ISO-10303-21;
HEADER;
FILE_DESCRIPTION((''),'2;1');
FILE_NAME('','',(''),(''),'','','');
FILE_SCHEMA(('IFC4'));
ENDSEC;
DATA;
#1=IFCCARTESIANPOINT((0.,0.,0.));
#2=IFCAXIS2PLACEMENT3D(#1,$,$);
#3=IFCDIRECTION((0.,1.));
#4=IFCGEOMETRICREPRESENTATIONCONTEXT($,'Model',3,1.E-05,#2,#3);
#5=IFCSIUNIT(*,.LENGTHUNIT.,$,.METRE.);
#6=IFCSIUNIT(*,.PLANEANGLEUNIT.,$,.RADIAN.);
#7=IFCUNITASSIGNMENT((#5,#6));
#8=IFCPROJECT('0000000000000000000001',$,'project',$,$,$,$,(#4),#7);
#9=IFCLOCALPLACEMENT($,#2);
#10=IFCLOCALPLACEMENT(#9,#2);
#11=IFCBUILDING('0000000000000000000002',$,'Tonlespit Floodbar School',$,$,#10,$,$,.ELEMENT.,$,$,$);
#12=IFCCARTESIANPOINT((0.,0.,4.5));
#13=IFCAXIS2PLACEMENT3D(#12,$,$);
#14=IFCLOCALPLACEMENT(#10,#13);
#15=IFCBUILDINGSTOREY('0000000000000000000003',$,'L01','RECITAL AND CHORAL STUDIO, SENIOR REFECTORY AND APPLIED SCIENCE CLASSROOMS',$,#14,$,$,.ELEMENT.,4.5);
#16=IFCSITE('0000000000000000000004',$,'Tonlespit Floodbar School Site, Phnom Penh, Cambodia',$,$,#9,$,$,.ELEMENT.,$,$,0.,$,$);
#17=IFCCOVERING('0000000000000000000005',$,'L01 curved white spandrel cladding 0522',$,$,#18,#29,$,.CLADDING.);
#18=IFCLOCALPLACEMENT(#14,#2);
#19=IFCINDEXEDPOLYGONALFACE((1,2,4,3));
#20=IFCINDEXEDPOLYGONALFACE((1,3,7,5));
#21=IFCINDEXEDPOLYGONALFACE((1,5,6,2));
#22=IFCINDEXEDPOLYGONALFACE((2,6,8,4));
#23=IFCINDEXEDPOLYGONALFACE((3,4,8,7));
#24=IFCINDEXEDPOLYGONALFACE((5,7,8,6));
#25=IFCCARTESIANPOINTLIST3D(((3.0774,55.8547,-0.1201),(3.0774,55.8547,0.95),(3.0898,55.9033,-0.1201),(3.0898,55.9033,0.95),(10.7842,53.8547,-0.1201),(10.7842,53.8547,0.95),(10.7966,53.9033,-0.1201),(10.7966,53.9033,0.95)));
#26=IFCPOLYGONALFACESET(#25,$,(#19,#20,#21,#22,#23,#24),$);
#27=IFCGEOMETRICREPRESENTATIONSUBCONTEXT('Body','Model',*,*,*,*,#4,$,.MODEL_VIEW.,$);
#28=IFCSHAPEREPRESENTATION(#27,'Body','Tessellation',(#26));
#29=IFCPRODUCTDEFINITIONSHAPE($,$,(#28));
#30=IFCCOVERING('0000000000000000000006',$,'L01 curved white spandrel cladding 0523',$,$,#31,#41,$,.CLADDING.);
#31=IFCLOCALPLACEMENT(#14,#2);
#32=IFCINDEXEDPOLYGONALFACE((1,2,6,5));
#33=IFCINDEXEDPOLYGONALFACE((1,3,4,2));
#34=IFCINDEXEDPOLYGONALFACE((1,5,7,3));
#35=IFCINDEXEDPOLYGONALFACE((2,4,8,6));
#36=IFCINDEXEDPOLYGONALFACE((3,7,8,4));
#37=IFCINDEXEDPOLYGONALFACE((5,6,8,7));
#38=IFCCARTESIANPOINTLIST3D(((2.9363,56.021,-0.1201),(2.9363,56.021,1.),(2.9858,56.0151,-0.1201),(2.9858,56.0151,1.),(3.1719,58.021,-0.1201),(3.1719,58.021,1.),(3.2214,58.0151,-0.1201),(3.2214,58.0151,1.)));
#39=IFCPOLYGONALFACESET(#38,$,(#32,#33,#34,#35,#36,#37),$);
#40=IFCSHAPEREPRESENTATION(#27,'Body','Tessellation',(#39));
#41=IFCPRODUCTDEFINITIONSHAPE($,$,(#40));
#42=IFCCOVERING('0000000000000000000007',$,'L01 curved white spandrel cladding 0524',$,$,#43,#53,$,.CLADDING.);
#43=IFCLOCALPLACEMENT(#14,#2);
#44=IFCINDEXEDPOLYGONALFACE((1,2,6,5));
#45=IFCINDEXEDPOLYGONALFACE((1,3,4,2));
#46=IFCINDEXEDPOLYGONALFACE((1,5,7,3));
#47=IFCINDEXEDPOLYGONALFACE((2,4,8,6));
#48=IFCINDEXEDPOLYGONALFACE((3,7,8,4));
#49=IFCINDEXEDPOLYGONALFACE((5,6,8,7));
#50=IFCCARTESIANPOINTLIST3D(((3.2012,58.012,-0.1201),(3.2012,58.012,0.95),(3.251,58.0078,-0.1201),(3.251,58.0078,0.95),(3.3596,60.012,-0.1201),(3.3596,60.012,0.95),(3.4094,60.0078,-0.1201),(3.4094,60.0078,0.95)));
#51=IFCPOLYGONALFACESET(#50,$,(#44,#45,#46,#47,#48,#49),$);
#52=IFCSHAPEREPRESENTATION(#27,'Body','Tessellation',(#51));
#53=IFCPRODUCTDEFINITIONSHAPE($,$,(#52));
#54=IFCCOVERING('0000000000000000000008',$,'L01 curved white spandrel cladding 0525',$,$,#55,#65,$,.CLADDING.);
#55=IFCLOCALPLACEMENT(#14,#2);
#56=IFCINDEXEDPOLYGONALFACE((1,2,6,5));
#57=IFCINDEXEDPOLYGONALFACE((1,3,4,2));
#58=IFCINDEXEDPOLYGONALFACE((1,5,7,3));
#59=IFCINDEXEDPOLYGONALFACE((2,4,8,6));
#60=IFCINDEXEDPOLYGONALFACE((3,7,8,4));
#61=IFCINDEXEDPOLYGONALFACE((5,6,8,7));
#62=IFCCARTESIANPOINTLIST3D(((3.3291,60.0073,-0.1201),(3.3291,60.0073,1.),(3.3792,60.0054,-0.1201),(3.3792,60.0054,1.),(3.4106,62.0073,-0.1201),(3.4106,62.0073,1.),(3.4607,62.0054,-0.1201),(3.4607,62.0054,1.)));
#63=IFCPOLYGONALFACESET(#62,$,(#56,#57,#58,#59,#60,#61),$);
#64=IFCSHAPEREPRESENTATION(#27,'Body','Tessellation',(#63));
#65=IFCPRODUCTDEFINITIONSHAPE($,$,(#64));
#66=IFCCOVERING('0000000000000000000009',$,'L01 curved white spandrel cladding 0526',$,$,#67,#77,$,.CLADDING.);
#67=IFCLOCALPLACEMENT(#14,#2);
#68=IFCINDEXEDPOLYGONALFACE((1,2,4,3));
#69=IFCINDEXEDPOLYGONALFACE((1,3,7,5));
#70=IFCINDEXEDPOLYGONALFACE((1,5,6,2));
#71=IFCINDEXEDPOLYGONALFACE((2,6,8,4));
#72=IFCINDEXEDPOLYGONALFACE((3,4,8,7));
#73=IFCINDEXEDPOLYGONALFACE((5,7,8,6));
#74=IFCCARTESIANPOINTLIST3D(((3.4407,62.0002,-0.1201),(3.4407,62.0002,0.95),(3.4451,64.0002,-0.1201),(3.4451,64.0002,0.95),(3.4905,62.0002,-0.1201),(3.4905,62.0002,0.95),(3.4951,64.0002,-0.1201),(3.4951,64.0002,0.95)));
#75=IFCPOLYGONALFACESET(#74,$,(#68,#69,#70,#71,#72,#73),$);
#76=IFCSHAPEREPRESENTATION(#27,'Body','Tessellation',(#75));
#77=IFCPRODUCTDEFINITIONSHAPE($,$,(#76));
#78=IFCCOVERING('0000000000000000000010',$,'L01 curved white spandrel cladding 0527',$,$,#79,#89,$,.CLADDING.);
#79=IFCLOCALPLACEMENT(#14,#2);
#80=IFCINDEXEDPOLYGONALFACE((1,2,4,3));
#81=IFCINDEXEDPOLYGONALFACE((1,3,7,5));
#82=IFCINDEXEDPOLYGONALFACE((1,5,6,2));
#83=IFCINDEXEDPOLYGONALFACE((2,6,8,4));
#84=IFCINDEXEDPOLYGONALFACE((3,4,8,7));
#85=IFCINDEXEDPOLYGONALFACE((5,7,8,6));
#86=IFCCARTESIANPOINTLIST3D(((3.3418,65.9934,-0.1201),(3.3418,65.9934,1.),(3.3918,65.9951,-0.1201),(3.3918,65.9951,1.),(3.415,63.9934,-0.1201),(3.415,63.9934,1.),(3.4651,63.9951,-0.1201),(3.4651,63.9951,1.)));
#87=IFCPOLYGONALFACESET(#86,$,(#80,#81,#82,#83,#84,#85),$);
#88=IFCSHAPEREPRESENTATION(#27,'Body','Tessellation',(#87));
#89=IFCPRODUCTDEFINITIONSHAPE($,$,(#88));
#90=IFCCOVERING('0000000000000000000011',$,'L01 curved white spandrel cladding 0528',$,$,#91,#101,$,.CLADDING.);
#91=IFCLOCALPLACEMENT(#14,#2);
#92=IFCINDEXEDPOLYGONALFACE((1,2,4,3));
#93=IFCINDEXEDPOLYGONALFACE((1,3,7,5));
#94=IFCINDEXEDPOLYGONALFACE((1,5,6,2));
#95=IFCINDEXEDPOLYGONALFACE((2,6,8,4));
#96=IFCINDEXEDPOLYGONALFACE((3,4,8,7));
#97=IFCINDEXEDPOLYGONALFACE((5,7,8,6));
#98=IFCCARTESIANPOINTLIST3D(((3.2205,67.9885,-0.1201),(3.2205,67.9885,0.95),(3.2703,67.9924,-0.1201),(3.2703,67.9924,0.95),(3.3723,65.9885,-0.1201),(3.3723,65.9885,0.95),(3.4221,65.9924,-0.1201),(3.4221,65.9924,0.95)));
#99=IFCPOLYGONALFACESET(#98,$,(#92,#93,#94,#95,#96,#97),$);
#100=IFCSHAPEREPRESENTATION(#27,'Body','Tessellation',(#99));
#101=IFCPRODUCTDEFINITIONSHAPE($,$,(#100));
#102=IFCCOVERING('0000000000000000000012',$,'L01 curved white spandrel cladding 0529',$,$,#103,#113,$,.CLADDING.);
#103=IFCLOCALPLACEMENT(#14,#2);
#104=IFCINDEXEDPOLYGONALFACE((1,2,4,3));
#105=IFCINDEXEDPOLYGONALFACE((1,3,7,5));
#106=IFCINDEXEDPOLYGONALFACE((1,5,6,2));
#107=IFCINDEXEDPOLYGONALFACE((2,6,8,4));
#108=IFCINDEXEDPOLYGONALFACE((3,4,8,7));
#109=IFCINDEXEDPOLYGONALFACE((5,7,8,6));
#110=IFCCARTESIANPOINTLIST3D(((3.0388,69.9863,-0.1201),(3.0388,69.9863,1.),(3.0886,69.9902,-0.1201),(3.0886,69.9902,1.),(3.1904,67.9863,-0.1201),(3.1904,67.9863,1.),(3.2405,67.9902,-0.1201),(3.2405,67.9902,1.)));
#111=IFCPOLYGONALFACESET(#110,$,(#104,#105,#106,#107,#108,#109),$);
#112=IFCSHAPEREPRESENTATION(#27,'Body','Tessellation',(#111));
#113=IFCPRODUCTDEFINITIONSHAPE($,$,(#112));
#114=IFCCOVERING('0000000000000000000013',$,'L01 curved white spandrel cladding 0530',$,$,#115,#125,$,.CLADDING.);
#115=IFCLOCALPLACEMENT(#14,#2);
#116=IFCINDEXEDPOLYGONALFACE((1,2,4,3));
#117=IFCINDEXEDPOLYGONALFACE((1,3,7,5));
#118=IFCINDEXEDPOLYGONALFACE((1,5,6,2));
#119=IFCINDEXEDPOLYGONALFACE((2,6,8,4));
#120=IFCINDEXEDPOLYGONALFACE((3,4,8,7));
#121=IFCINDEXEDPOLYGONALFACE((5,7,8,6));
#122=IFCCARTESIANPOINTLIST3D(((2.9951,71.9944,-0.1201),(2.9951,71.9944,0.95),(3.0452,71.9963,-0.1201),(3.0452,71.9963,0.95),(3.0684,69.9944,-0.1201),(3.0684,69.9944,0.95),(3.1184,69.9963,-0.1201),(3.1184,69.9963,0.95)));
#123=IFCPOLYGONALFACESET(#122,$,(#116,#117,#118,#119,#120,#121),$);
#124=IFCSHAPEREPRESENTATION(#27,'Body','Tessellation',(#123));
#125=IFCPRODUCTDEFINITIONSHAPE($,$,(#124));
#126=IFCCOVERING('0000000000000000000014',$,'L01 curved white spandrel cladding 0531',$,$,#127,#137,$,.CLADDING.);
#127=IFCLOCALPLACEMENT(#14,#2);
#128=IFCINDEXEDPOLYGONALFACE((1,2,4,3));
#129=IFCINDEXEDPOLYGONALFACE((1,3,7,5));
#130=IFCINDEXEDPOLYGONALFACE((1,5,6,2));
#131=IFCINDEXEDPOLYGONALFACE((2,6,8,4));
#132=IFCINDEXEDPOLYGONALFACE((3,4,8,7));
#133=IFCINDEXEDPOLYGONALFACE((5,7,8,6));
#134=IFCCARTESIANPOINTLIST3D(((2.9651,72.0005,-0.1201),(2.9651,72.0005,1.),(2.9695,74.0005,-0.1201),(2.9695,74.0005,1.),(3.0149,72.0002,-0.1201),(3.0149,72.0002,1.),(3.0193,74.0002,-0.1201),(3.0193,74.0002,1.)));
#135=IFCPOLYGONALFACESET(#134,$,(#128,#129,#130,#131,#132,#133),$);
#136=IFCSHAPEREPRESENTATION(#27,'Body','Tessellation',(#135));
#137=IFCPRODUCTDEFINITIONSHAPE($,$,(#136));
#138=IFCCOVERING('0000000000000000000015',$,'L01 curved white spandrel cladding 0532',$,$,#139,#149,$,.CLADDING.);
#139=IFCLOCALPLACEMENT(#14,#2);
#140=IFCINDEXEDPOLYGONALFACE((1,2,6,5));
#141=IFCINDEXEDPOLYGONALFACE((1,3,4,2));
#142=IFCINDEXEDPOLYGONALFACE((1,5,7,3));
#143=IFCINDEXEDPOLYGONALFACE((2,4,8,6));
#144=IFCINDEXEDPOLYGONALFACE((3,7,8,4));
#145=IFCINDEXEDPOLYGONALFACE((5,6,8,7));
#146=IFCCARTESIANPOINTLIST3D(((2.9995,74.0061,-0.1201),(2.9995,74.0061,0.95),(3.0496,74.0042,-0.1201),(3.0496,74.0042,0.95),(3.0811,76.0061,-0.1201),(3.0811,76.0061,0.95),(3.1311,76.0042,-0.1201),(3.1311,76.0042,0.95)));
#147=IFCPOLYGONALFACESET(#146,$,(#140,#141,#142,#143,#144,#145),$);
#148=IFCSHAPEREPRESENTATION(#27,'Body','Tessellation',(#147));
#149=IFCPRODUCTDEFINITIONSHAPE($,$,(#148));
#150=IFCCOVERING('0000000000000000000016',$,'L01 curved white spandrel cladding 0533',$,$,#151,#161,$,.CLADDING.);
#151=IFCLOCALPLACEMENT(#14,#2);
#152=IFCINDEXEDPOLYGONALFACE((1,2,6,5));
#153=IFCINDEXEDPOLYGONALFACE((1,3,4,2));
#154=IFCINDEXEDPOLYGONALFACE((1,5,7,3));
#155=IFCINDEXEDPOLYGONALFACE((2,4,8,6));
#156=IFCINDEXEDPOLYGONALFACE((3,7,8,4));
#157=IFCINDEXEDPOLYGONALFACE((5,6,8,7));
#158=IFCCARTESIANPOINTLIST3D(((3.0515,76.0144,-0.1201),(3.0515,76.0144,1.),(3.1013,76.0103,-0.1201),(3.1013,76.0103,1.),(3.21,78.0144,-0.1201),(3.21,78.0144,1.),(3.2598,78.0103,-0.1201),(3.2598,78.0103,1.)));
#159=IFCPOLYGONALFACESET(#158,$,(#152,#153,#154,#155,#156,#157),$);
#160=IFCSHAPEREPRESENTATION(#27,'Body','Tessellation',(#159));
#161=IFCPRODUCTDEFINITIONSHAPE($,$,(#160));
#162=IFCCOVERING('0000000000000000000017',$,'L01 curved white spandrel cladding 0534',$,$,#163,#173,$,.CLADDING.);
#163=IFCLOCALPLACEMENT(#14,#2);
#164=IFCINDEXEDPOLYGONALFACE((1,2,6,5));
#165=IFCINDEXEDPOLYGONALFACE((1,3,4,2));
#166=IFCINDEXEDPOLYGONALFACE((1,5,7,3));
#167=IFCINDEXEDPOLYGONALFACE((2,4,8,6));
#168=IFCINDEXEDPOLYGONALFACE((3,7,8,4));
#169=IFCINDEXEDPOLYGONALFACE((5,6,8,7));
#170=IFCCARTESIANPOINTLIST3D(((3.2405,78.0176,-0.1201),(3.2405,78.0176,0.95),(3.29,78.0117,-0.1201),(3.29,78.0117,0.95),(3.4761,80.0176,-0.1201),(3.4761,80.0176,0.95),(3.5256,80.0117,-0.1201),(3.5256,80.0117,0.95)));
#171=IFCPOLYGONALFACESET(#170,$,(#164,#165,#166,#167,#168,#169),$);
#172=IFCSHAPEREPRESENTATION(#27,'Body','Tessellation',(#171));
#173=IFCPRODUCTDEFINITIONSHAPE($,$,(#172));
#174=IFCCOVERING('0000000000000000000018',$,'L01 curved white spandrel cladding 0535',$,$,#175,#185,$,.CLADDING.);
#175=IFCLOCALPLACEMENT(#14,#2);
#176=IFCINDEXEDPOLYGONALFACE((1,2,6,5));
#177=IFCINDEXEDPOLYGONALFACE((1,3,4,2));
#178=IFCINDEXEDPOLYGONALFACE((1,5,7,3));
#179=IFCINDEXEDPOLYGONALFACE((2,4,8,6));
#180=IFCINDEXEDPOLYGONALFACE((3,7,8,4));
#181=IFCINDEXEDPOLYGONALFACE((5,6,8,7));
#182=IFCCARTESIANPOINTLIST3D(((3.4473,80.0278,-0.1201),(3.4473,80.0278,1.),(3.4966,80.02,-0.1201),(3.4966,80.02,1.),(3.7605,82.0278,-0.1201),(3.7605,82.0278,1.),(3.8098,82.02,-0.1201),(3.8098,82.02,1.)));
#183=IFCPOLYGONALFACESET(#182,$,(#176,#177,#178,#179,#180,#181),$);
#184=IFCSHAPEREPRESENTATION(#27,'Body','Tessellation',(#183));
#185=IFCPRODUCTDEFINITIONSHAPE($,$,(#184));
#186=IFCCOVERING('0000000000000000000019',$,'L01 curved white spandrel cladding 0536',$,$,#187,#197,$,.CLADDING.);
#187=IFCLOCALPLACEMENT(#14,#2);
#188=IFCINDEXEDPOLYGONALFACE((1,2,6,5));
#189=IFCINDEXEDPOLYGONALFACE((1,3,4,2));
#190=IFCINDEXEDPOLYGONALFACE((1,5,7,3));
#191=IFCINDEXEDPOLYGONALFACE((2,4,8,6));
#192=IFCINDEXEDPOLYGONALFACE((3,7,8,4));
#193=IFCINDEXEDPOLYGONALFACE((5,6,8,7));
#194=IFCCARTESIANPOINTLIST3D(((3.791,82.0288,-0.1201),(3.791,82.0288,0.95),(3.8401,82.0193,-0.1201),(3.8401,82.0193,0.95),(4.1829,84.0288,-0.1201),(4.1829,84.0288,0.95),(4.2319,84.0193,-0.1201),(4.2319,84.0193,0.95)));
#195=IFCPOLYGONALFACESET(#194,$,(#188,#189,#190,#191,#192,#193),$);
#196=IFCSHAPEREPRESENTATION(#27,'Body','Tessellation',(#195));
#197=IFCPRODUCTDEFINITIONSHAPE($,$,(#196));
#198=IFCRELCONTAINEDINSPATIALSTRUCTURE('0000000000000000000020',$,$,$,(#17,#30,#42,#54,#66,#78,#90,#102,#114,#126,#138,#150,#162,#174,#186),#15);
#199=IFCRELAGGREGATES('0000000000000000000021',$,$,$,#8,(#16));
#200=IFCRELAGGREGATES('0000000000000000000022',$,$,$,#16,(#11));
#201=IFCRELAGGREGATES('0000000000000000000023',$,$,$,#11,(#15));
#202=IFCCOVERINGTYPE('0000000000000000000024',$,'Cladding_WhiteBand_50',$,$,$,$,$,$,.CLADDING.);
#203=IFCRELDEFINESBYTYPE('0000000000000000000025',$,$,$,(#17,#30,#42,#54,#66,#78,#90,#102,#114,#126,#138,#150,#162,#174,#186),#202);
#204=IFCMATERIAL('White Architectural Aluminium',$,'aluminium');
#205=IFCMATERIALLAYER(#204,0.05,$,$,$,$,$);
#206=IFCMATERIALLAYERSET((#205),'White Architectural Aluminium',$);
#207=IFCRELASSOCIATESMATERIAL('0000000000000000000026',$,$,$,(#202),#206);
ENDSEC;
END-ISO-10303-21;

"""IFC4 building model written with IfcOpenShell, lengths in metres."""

from ifc_helpers import new_model, si_unit, direction, frame, origin, place, context, subcontext, project, spatial, polyline, outline, extrude, material, layer, layer_set, type_object, element, save


model = new_model("IFC4")

# Units and contexts
model_context = context("Model", 3, precision=1e-05, world=origin(), true_north=direction((0.0, 1.0)))
body_context = subcontext(model_context, "Body", "Model", "MODEL_VIEW")
ifc_project = project(units=[si_unit("LENGTHUNIT", "METRE"), si_unit("PLANEANGLEUNIT", "RADIAN")], contexts=[model_context])

# Site, building, storey
site_placement = place(None, origin())
site = spatial("IfcSite", under=ifc_project, at=site_placement, Name="Tonlespit Floodbar School Site, Phnom Penh, Cambodia", CompositionType="ELEMENT", RefElevation=0.0)
building_placement = place(site_placement, origin())
building = spatial("IfcBuilding", under=site, at=building_placement, Name="Tonlespit Floodbar School", CompositionType="ELEMENT")
storey_placement = place(building_placement, frame((0.0, 0.0, 4.5)))
storey = spatial("IfcBuildingStorey", under=building, at=storey_placement, Name="L01", Description="RECITAL AND CHORAL STUDIO, SENIOR REFECTORY AND APPLIED SCIENCE CLASSROOMS", CompositionType="ELEMENT", Elevation=4.5)

# Coverings
ifc_material = material(Name="White Architectural Aluminium", Category="aluminium")
ifc_layer = layer(ifc_material, 0.05)
ifc_layer_set = layer_set([ifc_layer], Name="White Architectural Aluminium")
covering_type = type_object("IfcCoveringType", Name="Cladding_WhiteBand_50", PredefinedType="CLADDING", material=ifc_layer_set)
covering_1_placement = place(storey_placement, frame((0.0, 0.0, -0.1201)))
element("IfcCovering", 1, at=covering_1_placement, inside=storey, type_object=covering_type, Name="L01 curved white spandrel cladding 0522", PredefinedType="CLADDING", context=body_context, shape_type="SweptSolid", body=[
    extrude(outline(polyline([(10.7966, 53.9033), (3.0898, 55.9033), (3.0774, 55.8547), (10.7842, 53.8547), (10.7966, 53.9033)])), origin(), (0.0, 0.0, 1.0), 1.0701),
])
covering_2_placement = place(storey_placement, frame((0.0, 0.0, -0.1201)))
element("IfcCovering", 2, at=covering_2_placement, inside=storey, type_object=covering_type, Name="L01 curved white spandrel cladding 0523", PredefinedType="CLADDING", context=body_context, shape_type="SweptSolid", body=[
    extrude(outline(polyline([(2.9858, 56.0151), (3.2214, 58.0151), (3.1719, 58.021), (2.9363, 56.021), (2.9858, 56.0151)])), origin(), (0.0, 0.0, 1.0), 1.1201),
])
covering_3_placement = place(storey_placement, frame((0.0, 0.0, -0.1201)))
element("IfcCovering", 3, at=covering_3_placement, inside=storey, type_object=covering_type, Name="L01 curved white spandrel cladding 0524", PredefinedType="CLADDING", context=body_context, shape_type="SweptSolid", body=[
    extrude(outline(polyline([(3.251, 58.0078), (3.4094, 60.0078), (3.3596, 60.012), (3.2012, 58.012), (3.251, 58.0078)])), origin(), (0.0, 0.0, 1.0), 1.0701),
])
covering_4_placement = place(storey_placement, frame((0.0, 0.0, -0.1201)))
element("IfcCovering", 4, at=covering_4_placement, inside=storey, type_object=covering_type, Name="L01 curved white spandrel cladding 0525", PredefinedType="CLADDING", context=body_context, shape_type="SweptSolid", body=[
    extrude(outline(polyline([(3.3792, 60.0054), (3.4607, 62.0054), (3.4106, 62.0073), (3.3291, 60.0073), (3.3792, 60.0054)])), origin(), (0.0, 0.0, 1.0), 1.1201),
])
covering_5_placement = place(storey_placement, frame((0.0, 0.0, -0.1201)))
element("IfcCovering", 5, at=covering_5_placement, inside=storey, type_object=covering_type, Name="L01 curved white spandrel cladding 0526", PredefinedType="CLADDING", context=body_context, shape_type="SweptSolid", body=[
    extrude(outline(polyline([(3.4905, 62.0002), (3.4951, 64.0002), (3.4451, 64.0002), (3.4407, 62.0002), (3.4905, 62.0002)])), origin(), (0.0, 0.0, 1.0), 1.0701),
])
covering_6_placement = place(storey_placement, frame((0.0, 0.0, -0.1201)))
element("IfcCovering", 6, at=covering_6_placement, inside=storey, type_object=covering_type, Name="L01 curved white spandrel cladding 0527", PredefinedType="CLADDING", context=body_context, shape_type="SweptSolid", body=[
    extrude(outline(polyline([(3.4651, 63.9951), (3.3918, 65.9951), (3.3418, 65.9934), (3.415, 63.9934), (3.4651, 63.9951)])), origin(), (0.0, 0.0, 1.0), 1.1201),
])
covering_7_placement = place(storey_placement, frame((0.0, 0.0, -0.1201)))
element("IfcCovering", 7, at=covering_7_placement, inside=storey, type_object=covering_type, Name="L01 curved white spandrel cladding 0528", PredefinedType="CLADDING", context=body_context, shape_type="SweptSolid", body=[
    extrude(outline(polyline([(3.4221, 65.9924), (3.2703, 67.9924), (3.2205, 67.9885), (3.3723, 65.9885), (3.4221, 65.9924)])), origin(), (0.0, 0.0, 1.0), 1.0701),
])
covering_8_placement = place(storey_placement, frame((0.0, 0.0, -0.1201)))
element("IfcCovering", 8, at=covering_8_placement, inside=storey, type_object=covering_type, Name="L01 curved white spandrel cladding 0529", PredefinedType="CLADDING", context=body_context, shape_type="SweptSolid", body=[
    extrude(outline(polyline([(3.2405, 67.9902), (3.0886, 69.9902), (3.0388, 69.9863), (3.1904, 67.9863), (3.2405, 67.9902)])), origin(), (0.0, 0.0, 1.0), 1.1201),
])
covering_9_placement = place(storey_placement, frame((0.0, 0.0, -0.1201)))
element("IfcCovering", 9, at=covering_9_placement, inside=storey, type_object=covering_type, Name="L01 curved white spandrel cladding 0530", PredefinedType="CLADDING", context=body_context, shape_type="SweptSolid", body=[
    extrude(outline(polyline([(3.1184, 69.9963), (3.0452, 71.9963), (2.9951, 71.9944), (3.0684, 69.9944), (3.1184, 69.9963)])), origin(), (0.0, 0.0, 1.0), 1.0701),
])
covering_10_placement = place(storey_placement, frame((0.0, 0.0, -0.1201)))
element("IfcCovering", 10, at=covering_10_placement, inside=storey, type_object=covering_type, Name="L01 curved white spandrel cladding 0531", PredefinedType="CLADDING", context=body_context, shape_type="SweptSolid", body=[
    extrude(outline(polyline([(3.0149, 72.0002), (3.0193, 74.0002), (2.9695, 74.0005), (2.9651, 72.0005), (3.0149, 72.0002)])), origin(), (0.0, 0.0, 1.0), 1.1201),
])
covering_11_placement = place(storey_placement, frame((0.0, 0.0, -0.1201)))
element("IfcCovering", 11, at=covering_11_placement, inside=storey, type_object=covering_type, Name="L01 curved white spandrel cladding 0532", PredefinedType="CLADDING", context=body_context, shape_type="SweptSolid", body=[
    extrude(outline(polyline([(3.0496, 74.0042), (3.1311, 76.0042), (3.0811, 76.0061), (2.9995, 74.0061), (3.0496, 74.0042)])), origin(), (0.0, 0.0, 1.0), 1.0701),
])
covering_12_placement = place(storey_placement, frame((0.0, 0.0, -0.1201)))
element("IfcCovering", 12, at=covering_12_placement, inside=storey, type_object=covering_type, Name="L01 curved white spandrel cladding 0533", PredefinedType="CLADDING", context=body_context, shape_type="SweptSolid", body=[
    extrude(outline(polyline([(3.1013, 76.0103), (3.2598, 78.0103), (3.21, 78.0144), (3.0515, 76.0144), (3.1013, 76.0103)])), origin(), (0.0, 0.0, 1.0), 1.1201),
])
covering_13_placement = place(storey_placement, frame((0.0, 0.0, -0.1201)))
element("IfcCovering", 13, at=covering_13_placement, inside=storey, type_object=covering_type, Name="L01 curved white spandrel cladding 0534", PredefinedType="CLADDING", context=body_context, shape_type="SweptSolid", body=[
    extrude(outline(polyline([(3.29, 78.0117), (3.5256, 80.0117), (3.4761, 80.0176), (3.2405, 78.0176), (3.29, 78.0117)])), origin(), (0.0, 0.0, 1.0), 1.0701),
])
covering_14_placement = place(storey_placement, frame((0.0, 0.0, -0.1201)))
element("IfcCovering", 14, at=covering_14_placement, inside=storey, type_object=covering_type, Name="L01 curved white spandrel cladding 0535", PredefinedType="CLADDING", context=body_context, shape_type="SweptSolid", body=[
    extrude(outline(polyline([(3.4966, 80.02), (3.8098, 82.02), (3.7605, 82.0278), (3.4473, 80.0278), (3.4966, 80.02)])), origin(), (0.0, 0.0, 1.0), 1.1201),
])
covering_15_placement = place(storey_placement, frame((0.0, 0.0, -0.1201)))
element("IfcCovering", 15, at=covering_15_placement, inside=storey, type_object=covering_type, Name="L01 curved white spandrel cladding 0536", PredefinedType="CLADDING", context=body_context, shape_type="SweptSolid", body=[
    extrude(outline(polyline([(3.8401, 82.0193), (4.2319, 84.0193), (4.1829, 84.0288), (3.791, 82.0288), (3.8401, 82.0193)])), origin(), (0.0, 0.0, 1.0), 1.0701),
])

save(model, "model.ifc")
